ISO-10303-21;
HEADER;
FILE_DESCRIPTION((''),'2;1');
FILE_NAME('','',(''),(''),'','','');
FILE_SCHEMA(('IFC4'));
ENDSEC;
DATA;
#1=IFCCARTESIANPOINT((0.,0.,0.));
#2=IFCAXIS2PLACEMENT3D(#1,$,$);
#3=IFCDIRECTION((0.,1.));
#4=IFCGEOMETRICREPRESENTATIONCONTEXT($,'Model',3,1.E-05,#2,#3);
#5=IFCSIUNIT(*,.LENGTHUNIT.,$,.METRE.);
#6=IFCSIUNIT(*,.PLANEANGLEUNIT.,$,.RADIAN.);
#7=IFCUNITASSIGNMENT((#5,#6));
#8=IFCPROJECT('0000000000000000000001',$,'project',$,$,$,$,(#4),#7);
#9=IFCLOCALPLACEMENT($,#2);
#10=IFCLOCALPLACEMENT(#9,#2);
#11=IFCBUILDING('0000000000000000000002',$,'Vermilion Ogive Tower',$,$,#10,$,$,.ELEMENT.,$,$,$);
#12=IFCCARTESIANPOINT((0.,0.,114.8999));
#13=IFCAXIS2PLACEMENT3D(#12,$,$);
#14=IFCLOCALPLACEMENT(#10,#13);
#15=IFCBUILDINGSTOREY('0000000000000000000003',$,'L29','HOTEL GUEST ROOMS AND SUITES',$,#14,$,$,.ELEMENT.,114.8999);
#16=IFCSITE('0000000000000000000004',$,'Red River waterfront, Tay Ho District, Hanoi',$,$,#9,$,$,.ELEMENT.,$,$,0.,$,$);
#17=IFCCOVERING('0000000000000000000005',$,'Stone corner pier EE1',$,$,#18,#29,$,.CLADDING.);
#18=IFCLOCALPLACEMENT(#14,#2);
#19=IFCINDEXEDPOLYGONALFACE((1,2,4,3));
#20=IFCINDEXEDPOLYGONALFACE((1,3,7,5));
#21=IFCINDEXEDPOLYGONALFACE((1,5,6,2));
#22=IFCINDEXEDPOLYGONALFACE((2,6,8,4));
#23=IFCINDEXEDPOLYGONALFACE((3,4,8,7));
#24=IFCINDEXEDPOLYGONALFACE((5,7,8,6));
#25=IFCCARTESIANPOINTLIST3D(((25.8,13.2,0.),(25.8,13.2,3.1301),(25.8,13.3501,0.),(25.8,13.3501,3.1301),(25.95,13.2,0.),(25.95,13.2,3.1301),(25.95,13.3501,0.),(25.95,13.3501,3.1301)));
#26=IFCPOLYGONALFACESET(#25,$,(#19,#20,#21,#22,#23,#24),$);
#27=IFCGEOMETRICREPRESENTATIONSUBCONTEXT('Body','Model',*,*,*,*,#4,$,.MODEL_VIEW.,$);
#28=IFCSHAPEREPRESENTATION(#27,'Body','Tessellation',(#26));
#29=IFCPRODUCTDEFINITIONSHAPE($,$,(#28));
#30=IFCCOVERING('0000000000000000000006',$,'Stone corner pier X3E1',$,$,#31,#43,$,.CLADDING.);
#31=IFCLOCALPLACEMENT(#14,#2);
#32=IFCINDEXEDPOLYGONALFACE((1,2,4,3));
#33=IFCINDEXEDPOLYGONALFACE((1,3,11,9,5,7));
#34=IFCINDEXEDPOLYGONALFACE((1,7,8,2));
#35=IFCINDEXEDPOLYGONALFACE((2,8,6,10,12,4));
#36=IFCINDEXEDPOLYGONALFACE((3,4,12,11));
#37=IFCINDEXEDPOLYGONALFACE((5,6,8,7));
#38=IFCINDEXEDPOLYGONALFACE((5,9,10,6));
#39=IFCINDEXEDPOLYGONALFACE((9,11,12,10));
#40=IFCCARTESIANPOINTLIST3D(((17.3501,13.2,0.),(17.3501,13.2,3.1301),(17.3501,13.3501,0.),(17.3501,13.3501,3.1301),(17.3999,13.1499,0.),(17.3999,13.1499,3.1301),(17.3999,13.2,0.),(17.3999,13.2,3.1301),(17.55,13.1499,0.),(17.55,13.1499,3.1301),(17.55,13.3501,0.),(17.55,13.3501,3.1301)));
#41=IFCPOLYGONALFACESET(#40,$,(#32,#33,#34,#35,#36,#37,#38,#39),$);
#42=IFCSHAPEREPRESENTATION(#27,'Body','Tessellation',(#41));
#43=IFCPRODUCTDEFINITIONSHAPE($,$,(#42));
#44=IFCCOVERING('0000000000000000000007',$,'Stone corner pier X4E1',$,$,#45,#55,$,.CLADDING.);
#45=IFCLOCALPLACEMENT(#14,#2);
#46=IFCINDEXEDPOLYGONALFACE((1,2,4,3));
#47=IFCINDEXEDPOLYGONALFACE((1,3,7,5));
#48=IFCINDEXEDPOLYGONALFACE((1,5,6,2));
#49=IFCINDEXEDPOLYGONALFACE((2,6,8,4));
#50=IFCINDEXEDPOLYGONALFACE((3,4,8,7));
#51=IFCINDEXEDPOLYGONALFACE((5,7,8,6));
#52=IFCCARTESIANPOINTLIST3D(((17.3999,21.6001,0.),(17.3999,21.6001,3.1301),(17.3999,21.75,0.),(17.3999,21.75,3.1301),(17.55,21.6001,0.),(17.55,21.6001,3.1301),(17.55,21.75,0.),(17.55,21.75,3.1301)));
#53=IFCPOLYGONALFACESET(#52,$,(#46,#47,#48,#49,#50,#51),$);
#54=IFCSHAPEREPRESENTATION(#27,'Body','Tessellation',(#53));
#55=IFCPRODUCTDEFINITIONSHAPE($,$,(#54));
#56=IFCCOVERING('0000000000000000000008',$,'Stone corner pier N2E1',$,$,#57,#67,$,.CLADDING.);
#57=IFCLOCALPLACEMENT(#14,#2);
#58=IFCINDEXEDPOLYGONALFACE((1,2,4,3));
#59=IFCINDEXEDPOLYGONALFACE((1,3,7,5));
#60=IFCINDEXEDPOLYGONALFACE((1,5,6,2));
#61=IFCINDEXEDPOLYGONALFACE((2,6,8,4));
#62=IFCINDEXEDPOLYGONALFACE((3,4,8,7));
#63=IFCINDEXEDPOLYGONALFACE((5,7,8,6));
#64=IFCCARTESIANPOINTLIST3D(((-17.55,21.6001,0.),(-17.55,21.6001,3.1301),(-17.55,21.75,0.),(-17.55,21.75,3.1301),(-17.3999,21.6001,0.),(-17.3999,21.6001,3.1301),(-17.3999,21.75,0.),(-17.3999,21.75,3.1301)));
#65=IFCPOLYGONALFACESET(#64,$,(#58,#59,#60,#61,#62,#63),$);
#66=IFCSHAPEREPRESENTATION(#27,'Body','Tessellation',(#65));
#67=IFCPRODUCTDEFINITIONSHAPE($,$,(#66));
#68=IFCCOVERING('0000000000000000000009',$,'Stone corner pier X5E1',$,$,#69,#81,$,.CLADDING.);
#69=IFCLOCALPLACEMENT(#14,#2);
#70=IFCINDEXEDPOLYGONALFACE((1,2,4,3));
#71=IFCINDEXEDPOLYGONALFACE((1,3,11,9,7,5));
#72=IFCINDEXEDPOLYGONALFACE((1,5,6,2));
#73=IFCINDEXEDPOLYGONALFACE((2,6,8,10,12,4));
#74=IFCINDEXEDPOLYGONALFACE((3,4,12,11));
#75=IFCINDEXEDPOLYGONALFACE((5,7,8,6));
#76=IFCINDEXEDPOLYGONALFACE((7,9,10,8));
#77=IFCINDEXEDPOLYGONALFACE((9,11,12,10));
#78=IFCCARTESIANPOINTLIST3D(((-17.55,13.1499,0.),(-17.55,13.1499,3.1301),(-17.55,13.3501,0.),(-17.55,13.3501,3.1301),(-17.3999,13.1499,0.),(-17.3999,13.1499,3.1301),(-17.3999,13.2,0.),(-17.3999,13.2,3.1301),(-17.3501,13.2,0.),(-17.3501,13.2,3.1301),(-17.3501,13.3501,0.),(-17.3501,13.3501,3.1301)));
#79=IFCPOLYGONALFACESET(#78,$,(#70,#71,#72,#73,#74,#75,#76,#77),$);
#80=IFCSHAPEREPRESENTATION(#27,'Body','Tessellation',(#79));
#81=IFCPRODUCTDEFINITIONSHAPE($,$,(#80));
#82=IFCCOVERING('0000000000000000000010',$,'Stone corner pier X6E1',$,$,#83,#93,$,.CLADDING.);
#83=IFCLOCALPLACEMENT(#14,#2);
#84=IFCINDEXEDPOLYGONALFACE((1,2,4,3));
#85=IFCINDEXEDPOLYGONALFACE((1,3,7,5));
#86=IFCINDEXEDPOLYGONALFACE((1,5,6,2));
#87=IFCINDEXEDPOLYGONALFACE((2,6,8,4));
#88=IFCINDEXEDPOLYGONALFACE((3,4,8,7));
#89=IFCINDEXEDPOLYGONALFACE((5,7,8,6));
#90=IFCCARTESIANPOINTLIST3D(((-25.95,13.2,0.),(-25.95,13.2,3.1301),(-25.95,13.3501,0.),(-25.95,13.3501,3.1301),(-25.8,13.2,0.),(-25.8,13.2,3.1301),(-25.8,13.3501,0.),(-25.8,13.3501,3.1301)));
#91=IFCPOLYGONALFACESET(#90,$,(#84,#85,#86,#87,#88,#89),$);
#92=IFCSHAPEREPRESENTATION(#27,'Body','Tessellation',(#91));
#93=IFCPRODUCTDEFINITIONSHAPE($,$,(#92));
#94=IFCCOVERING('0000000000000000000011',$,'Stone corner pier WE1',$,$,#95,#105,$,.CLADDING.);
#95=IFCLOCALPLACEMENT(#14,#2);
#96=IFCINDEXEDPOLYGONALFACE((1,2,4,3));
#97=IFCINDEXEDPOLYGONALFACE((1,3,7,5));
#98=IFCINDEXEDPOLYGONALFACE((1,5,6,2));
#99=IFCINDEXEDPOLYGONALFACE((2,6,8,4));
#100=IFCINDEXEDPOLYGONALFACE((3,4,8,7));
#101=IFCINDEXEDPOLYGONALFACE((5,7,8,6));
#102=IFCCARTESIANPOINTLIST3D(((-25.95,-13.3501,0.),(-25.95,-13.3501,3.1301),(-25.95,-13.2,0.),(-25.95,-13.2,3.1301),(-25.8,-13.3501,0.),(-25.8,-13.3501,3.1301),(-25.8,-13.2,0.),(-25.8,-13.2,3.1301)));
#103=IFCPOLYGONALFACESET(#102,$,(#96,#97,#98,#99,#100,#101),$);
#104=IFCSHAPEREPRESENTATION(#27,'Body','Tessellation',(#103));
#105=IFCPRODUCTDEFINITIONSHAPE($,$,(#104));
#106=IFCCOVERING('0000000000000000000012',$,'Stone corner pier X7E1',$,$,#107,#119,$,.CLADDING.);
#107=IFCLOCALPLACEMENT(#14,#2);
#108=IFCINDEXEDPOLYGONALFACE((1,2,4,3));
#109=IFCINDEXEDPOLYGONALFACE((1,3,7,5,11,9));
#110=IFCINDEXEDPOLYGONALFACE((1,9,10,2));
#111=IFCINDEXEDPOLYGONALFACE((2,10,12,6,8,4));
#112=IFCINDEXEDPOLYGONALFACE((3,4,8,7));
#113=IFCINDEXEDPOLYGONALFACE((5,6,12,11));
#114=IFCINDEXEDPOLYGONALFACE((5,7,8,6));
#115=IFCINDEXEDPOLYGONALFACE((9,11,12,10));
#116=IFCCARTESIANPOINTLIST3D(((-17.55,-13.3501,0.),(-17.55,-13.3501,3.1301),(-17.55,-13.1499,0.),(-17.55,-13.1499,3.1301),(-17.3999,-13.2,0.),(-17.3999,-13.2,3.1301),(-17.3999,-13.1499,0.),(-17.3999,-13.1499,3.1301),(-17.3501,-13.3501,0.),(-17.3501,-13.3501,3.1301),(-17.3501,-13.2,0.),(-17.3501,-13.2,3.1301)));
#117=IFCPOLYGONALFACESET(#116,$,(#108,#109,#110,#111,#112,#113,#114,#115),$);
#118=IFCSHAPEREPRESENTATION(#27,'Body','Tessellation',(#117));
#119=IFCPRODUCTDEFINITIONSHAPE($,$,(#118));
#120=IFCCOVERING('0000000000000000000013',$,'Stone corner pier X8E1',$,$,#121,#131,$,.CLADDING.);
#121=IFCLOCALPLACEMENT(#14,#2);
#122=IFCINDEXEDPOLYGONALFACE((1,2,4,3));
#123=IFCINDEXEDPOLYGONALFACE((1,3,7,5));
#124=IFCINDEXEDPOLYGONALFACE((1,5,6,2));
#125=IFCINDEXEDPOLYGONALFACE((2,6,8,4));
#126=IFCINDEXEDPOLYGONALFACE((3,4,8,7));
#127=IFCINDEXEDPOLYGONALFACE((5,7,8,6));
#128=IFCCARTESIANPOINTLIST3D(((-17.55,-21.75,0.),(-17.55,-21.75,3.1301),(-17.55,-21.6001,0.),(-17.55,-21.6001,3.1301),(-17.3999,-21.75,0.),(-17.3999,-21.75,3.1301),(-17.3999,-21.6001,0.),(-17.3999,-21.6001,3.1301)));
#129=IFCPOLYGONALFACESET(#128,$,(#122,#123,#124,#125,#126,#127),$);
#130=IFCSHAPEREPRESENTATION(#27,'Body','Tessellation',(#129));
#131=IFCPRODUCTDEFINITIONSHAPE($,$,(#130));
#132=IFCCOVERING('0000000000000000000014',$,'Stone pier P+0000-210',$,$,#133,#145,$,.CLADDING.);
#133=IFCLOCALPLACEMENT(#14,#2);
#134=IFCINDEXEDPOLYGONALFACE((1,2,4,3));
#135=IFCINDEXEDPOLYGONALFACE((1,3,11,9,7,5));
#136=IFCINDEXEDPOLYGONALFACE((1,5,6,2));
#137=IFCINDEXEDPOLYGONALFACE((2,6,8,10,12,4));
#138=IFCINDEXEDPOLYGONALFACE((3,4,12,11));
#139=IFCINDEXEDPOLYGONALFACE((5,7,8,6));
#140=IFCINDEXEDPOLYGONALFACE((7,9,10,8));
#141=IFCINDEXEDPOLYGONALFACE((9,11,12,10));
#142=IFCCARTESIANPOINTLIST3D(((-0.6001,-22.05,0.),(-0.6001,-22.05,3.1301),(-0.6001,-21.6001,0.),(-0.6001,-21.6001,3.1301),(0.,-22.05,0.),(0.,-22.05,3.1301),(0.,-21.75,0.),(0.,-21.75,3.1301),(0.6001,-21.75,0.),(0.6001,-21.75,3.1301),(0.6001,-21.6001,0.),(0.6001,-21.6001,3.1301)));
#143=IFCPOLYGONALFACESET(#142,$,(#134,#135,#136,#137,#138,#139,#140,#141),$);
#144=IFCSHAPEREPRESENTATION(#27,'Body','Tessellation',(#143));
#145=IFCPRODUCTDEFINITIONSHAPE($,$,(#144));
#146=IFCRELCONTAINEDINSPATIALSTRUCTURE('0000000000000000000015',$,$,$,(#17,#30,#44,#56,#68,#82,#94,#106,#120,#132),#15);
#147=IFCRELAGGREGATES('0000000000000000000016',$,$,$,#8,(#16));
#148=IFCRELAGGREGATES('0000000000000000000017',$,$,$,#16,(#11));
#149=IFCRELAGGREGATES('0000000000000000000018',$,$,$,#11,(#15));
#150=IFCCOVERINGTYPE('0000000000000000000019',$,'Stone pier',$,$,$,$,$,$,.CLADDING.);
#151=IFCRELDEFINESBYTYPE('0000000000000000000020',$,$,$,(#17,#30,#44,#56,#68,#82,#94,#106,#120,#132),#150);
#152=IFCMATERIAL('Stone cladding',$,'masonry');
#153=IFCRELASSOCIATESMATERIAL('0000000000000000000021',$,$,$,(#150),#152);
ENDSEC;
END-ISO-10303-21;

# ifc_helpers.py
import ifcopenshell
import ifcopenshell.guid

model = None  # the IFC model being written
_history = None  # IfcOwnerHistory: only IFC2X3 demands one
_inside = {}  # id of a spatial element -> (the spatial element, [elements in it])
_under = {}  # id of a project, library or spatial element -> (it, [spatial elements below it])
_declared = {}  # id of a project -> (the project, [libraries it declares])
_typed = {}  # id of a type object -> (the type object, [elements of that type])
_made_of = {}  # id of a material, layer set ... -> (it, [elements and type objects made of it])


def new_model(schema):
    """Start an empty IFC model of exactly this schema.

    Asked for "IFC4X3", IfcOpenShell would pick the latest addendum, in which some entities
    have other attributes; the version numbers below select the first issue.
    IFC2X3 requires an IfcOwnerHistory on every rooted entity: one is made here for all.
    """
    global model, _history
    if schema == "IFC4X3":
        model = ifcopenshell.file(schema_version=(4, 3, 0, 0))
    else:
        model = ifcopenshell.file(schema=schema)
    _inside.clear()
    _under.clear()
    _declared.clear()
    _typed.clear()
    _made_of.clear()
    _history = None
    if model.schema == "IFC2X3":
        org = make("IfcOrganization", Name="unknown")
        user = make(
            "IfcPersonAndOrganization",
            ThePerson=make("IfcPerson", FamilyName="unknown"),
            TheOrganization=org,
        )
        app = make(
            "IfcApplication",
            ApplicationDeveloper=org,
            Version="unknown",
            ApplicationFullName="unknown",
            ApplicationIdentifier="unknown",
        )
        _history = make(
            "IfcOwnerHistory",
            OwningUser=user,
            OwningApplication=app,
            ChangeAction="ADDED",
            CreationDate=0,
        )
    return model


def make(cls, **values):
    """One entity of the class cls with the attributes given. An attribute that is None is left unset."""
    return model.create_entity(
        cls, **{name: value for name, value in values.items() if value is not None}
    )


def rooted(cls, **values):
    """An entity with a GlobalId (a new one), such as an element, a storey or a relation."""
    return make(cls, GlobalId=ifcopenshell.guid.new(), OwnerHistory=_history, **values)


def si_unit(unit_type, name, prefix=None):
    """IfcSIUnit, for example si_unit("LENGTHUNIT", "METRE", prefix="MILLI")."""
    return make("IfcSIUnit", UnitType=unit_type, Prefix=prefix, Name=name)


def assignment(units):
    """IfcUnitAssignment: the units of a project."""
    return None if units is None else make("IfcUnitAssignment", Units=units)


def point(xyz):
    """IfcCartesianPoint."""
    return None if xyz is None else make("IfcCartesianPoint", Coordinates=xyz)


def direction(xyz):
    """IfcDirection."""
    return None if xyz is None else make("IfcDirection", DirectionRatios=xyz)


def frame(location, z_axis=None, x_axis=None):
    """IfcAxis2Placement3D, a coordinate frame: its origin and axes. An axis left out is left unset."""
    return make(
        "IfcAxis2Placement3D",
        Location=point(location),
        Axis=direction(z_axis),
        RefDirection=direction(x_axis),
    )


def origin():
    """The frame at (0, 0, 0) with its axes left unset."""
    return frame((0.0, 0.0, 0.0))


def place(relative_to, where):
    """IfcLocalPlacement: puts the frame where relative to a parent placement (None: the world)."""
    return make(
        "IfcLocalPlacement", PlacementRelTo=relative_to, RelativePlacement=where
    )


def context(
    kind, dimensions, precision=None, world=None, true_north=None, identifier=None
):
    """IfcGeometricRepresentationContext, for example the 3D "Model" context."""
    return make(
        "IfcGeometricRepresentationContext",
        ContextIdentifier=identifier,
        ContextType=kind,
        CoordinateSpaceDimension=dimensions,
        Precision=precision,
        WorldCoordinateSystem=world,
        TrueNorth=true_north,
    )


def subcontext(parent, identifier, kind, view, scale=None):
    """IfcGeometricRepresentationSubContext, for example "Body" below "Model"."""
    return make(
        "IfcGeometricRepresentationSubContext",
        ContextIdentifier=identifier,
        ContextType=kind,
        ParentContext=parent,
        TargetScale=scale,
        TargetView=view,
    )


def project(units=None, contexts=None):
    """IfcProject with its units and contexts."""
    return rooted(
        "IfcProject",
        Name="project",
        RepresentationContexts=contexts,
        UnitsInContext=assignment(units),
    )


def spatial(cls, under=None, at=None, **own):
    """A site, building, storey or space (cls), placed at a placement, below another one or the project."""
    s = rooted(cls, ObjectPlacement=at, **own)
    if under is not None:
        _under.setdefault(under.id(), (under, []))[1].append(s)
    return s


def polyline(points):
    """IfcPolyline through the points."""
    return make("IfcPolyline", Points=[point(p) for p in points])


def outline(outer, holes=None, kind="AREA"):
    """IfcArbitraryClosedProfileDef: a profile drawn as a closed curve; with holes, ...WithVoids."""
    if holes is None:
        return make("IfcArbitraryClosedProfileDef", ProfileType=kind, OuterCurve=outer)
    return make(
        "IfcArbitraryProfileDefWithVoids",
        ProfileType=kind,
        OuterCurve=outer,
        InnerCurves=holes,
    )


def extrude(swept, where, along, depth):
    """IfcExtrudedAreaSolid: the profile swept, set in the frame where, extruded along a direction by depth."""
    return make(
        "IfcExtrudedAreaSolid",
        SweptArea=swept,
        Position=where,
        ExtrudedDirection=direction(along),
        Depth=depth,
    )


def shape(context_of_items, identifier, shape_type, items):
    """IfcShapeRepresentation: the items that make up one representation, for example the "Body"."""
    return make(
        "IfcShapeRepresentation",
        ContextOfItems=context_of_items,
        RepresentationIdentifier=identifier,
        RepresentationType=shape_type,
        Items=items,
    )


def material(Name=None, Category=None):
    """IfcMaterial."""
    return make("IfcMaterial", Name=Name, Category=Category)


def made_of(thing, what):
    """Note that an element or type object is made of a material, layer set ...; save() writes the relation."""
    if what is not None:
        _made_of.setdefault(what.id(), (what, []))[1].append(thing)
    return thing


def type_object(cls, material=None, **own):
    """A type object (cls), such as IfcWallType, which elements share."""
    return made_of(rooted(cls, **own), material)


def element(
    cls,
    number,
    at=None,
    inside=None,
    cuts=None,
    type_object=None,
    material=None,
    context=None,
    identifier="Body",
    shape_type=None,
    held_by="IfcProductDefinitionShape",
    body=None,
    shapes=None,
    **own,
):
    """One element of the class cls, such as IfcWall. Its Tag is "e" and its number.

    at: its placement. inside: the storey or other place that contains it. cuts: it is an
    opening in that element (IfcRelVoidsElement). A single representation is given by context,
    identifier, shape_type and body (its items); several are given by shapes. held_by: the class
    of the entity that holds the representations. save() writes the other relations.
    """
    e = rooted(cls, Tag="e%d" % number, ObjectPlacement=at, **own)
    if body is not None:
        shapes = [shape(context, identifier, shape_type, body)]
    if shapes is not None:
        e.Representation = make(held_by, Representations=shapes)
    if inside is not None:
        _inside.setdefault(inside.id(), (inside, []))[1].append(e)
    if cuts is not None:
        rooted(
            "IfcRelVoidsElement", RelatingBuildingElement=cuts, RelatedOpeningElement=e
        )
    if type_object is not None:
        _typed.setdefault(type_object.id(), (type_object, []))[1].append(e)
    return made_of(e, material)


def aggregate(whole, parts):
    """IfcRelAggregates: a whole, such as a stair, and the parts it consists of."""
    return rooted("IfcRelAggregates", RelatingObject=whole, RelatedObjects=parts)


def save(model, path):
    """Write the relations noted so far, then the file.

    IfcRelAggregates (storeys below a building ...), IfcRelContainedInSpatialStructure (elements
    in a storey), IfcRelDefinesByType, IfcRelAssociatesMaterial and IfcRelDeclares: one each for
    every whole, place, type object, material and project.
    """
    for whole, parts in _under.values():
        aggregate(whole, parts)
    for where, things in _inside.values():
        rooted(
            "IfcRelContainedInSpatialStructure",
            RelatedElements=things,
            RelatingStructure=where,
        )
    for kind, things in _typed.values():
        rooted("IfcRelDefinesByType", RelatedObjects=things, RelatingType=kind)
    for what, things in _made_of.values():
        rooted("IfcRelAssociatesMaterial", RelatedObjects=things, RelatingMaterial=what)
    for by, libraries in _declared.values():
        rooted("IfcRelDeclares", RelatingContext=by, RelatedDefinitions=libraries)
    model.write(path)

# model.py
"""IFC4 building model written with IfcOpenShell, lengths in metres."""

from ifc_helpers import new_model, si_unit, direction, frame, origin, place, context, subcontext, project, spatial, polyline, outline, extrude, material, type_object, element, save


model = new_model("IFC4")

# Units and contexts
model_context = context("Model", 3, precision=1e-05, world=origin(), true_north=direction((0.0, 1.0)))
body_context = subcontext(model_context, "Body", "Model", "MODEL_VIEW")
ifc_project = project(units=[si_unit("LENGTHUNIT", "METRE"), si_unit("PLANEANGLEUNIT", "RADIAN")], contexts=[model_context])

# Site, building, storey
site_placement = place(None, origin())
site = spatial("IfcSite", under=ifc_project, at=site_placement, Name="Red River waterfront, Tay Ho District, Hanoi", CompositionType="ELEMENT", RefElevation=0.0)
building_placement = place(site_placement, origin())
building = spatial("IfcBuilding", under=site, at=building_placement, Name="Vermilion Ogive Tower", CompositionType="ELEMENT")
storey_placement = place(building_placement, frame((0.0, 0.0, 114.8999)))
storey = spatial("IfcBuildingStorey", under=building, at=storey_placement, Name="L29", Description="HOTEL GUEST ROOMS AND SUITES", CompositionType="ELEMENT", Elevation=114.8999)

# Coverings
ifc_material_1 = material(Name="Stone cladding", Category="masonry")
covering_type_1 = type_object("IfcCoveringType", Name="Stone pier", PredefinedType="CLADDING", material=ifc_material_1)
covering_1_placement = place(storey_placement, origin())
element("IfcCovering", 1, at=covering_1_placement, inside=storey, type_object=covering_type_1, Name="Stone corner pier EE1", PredefinedType="CLADDING", context=body_context, shape_type="SweptSolid", body=[
    extrude(outline(polyline([(25.95, 13.2), (25.8, 13.2), (25.8, 13.3501), (25.95, 13.3501), (25.95, 13.2)])), origin(), (0.0, 0.0, 1.0), 3.1301),
])
covering_2_placement = place(storey_placement, origin())
element("IfcCovering", 2, at=covering_2_placement, inside=storey, type_object=covering_type_1, Name="Stone corner pier X3E1", PredefinedType="CLADDING", context=body_context, shape_type="SweptSolid", body=[
    extrude(outline(polyline([(17.3999, 13.1499), (17.3999, 13.2), (17.3501, 13.2), (17.3501, 13.3501), (17.55, 13.3501), (17.55, 13.1499), (17.3999, 13.1499)])), origin(), (0.0, 0.0, 1.0), 3.1301),
])
covering_3_placement = place(storey_placement, origin())
element("IfcCovering", 3, at=covering_3_placement, inside=storey, type_object=covering_type_1, Name="Stone corner pier X4E1", PredefinedType="CLADDING", context=body_context, shape_type="SweptSolid", body=[
    extrude(outline(polyline([(17.55, 21.6001), (17.3999, 21.6001), (17.3999, 21.6001), (17.3999, 21.75), (17.55, 21.75), (17.55, 21.6001)])), origin(), (0.0, 0.0, 1.0), 3.1301),
])
covering_4_placement = place(storey_placement, origin())
element("IfcCovering", 4, at=covering_4_placement, inside=storey, type_object=covering_type_1, Name="Stone corner pier N2E1", PredefinedType="CLADDING", context=body_context, shape_type="SweptSolid", body=[
    extrude(outline(polyline([(-17.3999, 21.75), (-17.3999, 21.6001), (-17.3999, 21.6001), (-17.55, 21.6001), (-17.55, 21.75), (-17.3999, 21.75)])), origin(), (0.0, 0.0, 1.0), 3.1301),
])
covering_5_placement = place(storey_placement, origin())
element("IfcCovering", 5, at=covering_5_placement, inside=storey, type_object=covering_type_1, Name="Stone corner pier X5E1", PredefinedType="CLADDING", context=body_context, shape_type="SweptSolid", body=[
    extrude(outline(polyline([(-17.3501, 13.2), (-17.3999, 13.2), (-17.3999, 13.1499), (-17.55, 13.1499), (-17.55, 13.3501), (-17.3501, 13.3501), (-17.3501, 13.2)])), origin(), (0.0, 0.0, 1.0), 3.1301),
])
covering_6_placement = place(storey_placement, origin())
element("IfcCovering", 6, at=covering_6_placement, inside=storey, type_object=covering_type_1, Name="Stone corner pier X6E1", PredefinedType="CLADDING", context=body_context, shape_type="SweptSolid", body=[
    extrude(outline(polyline([(-25.8, 13.3501), (-25.8, 13.2), (-25.95, 13.2), (-25.95, 13.3501), (-25.8, 13.3501)])), origin(), (0.0, 0.0, 1.0), 3.1301),
])
covering_7_placement = place(storey_placement, origin())
element("IfcCovering", 7, at=covering_7_placement, inside=storey, type_object=covering_type_1, Name="Stone corner pier WE1", PredefinedType="CLADDING", context=body_context, shape_type="SweptSolid", body=[
    extrude(outline(polyline([(-25.95, -13.2), (-25.8, -13.2), (-25.8, -13.3501), (-25.95, -13.3501), (-25.95, -13.2)])), origin(), (0.0, 0.0, 1.0), 3.1301),
])
covering_8_placement = place(storey_placement, origin())
element("IfcCovering", 8, at=covering_8_placement, inside=storey, type_object=covering_type_1, Name="Stone corner pier X7E1", PredefinedType="CLADDING", context=body_context, shape_type="SweptSolid", body=[
    extrude(outline(polyline([(-17.3999, -13.1499), (-17.3999, -13.2), (-17.3501, -13.2), (-17.3501, -13.3501), (-17.55, -13.3501), (-17.55, -13.1499), (-17.3999, -13.1499)])), origin(), (0.0, 0.0, 1.0), 3.1301),
])
covering_9_placement = place(storey_placement, origin())
element("IfcCovering", 9, at=covering_9_placement, inside=storey, type_object=covering_type_1, Name="Stone corner pier X8E1", PredefinedType="CLADDING", context=body_context, shape_type="SweptSolid", body=[
    extrude(outline(polyline([(-17.55, -21.6001), (-17.3999, -21.6001), (-17.3999, -21.6001), (-17.3999, -21.75), (-17.55, -21.75), (-17.55, -21.6001)])), origin(), (0.0, 0.0, 1.0), 3.1301),
])
covering_10_placement = place(storey_placement, origin())
element("IfcCovering", 10, at=covering_10_placement, inside=storey, type_object=covering_type_1, Name="Stone pier P+0000-210", PredefinedType="CLADDING", context=body_context, shape_type="SweptSolid", body=[
    extrude(outline(polyline([(0.6001, -21.6001), (0.6001, -21.6001), (0.6001, -22.05), (0.6001, -22.05), (0.6001, -21.75), (0.0, -21.75), (0.0, -22.05), (-0.6001, -22.05), (-0.6001, -21.6001), (-0.6001, -21.6001), (0.6001, -21.6001)])), origin(), (0.0, 0.0, 1.0), 3.1301),
])

save(model, "model.ifc")
